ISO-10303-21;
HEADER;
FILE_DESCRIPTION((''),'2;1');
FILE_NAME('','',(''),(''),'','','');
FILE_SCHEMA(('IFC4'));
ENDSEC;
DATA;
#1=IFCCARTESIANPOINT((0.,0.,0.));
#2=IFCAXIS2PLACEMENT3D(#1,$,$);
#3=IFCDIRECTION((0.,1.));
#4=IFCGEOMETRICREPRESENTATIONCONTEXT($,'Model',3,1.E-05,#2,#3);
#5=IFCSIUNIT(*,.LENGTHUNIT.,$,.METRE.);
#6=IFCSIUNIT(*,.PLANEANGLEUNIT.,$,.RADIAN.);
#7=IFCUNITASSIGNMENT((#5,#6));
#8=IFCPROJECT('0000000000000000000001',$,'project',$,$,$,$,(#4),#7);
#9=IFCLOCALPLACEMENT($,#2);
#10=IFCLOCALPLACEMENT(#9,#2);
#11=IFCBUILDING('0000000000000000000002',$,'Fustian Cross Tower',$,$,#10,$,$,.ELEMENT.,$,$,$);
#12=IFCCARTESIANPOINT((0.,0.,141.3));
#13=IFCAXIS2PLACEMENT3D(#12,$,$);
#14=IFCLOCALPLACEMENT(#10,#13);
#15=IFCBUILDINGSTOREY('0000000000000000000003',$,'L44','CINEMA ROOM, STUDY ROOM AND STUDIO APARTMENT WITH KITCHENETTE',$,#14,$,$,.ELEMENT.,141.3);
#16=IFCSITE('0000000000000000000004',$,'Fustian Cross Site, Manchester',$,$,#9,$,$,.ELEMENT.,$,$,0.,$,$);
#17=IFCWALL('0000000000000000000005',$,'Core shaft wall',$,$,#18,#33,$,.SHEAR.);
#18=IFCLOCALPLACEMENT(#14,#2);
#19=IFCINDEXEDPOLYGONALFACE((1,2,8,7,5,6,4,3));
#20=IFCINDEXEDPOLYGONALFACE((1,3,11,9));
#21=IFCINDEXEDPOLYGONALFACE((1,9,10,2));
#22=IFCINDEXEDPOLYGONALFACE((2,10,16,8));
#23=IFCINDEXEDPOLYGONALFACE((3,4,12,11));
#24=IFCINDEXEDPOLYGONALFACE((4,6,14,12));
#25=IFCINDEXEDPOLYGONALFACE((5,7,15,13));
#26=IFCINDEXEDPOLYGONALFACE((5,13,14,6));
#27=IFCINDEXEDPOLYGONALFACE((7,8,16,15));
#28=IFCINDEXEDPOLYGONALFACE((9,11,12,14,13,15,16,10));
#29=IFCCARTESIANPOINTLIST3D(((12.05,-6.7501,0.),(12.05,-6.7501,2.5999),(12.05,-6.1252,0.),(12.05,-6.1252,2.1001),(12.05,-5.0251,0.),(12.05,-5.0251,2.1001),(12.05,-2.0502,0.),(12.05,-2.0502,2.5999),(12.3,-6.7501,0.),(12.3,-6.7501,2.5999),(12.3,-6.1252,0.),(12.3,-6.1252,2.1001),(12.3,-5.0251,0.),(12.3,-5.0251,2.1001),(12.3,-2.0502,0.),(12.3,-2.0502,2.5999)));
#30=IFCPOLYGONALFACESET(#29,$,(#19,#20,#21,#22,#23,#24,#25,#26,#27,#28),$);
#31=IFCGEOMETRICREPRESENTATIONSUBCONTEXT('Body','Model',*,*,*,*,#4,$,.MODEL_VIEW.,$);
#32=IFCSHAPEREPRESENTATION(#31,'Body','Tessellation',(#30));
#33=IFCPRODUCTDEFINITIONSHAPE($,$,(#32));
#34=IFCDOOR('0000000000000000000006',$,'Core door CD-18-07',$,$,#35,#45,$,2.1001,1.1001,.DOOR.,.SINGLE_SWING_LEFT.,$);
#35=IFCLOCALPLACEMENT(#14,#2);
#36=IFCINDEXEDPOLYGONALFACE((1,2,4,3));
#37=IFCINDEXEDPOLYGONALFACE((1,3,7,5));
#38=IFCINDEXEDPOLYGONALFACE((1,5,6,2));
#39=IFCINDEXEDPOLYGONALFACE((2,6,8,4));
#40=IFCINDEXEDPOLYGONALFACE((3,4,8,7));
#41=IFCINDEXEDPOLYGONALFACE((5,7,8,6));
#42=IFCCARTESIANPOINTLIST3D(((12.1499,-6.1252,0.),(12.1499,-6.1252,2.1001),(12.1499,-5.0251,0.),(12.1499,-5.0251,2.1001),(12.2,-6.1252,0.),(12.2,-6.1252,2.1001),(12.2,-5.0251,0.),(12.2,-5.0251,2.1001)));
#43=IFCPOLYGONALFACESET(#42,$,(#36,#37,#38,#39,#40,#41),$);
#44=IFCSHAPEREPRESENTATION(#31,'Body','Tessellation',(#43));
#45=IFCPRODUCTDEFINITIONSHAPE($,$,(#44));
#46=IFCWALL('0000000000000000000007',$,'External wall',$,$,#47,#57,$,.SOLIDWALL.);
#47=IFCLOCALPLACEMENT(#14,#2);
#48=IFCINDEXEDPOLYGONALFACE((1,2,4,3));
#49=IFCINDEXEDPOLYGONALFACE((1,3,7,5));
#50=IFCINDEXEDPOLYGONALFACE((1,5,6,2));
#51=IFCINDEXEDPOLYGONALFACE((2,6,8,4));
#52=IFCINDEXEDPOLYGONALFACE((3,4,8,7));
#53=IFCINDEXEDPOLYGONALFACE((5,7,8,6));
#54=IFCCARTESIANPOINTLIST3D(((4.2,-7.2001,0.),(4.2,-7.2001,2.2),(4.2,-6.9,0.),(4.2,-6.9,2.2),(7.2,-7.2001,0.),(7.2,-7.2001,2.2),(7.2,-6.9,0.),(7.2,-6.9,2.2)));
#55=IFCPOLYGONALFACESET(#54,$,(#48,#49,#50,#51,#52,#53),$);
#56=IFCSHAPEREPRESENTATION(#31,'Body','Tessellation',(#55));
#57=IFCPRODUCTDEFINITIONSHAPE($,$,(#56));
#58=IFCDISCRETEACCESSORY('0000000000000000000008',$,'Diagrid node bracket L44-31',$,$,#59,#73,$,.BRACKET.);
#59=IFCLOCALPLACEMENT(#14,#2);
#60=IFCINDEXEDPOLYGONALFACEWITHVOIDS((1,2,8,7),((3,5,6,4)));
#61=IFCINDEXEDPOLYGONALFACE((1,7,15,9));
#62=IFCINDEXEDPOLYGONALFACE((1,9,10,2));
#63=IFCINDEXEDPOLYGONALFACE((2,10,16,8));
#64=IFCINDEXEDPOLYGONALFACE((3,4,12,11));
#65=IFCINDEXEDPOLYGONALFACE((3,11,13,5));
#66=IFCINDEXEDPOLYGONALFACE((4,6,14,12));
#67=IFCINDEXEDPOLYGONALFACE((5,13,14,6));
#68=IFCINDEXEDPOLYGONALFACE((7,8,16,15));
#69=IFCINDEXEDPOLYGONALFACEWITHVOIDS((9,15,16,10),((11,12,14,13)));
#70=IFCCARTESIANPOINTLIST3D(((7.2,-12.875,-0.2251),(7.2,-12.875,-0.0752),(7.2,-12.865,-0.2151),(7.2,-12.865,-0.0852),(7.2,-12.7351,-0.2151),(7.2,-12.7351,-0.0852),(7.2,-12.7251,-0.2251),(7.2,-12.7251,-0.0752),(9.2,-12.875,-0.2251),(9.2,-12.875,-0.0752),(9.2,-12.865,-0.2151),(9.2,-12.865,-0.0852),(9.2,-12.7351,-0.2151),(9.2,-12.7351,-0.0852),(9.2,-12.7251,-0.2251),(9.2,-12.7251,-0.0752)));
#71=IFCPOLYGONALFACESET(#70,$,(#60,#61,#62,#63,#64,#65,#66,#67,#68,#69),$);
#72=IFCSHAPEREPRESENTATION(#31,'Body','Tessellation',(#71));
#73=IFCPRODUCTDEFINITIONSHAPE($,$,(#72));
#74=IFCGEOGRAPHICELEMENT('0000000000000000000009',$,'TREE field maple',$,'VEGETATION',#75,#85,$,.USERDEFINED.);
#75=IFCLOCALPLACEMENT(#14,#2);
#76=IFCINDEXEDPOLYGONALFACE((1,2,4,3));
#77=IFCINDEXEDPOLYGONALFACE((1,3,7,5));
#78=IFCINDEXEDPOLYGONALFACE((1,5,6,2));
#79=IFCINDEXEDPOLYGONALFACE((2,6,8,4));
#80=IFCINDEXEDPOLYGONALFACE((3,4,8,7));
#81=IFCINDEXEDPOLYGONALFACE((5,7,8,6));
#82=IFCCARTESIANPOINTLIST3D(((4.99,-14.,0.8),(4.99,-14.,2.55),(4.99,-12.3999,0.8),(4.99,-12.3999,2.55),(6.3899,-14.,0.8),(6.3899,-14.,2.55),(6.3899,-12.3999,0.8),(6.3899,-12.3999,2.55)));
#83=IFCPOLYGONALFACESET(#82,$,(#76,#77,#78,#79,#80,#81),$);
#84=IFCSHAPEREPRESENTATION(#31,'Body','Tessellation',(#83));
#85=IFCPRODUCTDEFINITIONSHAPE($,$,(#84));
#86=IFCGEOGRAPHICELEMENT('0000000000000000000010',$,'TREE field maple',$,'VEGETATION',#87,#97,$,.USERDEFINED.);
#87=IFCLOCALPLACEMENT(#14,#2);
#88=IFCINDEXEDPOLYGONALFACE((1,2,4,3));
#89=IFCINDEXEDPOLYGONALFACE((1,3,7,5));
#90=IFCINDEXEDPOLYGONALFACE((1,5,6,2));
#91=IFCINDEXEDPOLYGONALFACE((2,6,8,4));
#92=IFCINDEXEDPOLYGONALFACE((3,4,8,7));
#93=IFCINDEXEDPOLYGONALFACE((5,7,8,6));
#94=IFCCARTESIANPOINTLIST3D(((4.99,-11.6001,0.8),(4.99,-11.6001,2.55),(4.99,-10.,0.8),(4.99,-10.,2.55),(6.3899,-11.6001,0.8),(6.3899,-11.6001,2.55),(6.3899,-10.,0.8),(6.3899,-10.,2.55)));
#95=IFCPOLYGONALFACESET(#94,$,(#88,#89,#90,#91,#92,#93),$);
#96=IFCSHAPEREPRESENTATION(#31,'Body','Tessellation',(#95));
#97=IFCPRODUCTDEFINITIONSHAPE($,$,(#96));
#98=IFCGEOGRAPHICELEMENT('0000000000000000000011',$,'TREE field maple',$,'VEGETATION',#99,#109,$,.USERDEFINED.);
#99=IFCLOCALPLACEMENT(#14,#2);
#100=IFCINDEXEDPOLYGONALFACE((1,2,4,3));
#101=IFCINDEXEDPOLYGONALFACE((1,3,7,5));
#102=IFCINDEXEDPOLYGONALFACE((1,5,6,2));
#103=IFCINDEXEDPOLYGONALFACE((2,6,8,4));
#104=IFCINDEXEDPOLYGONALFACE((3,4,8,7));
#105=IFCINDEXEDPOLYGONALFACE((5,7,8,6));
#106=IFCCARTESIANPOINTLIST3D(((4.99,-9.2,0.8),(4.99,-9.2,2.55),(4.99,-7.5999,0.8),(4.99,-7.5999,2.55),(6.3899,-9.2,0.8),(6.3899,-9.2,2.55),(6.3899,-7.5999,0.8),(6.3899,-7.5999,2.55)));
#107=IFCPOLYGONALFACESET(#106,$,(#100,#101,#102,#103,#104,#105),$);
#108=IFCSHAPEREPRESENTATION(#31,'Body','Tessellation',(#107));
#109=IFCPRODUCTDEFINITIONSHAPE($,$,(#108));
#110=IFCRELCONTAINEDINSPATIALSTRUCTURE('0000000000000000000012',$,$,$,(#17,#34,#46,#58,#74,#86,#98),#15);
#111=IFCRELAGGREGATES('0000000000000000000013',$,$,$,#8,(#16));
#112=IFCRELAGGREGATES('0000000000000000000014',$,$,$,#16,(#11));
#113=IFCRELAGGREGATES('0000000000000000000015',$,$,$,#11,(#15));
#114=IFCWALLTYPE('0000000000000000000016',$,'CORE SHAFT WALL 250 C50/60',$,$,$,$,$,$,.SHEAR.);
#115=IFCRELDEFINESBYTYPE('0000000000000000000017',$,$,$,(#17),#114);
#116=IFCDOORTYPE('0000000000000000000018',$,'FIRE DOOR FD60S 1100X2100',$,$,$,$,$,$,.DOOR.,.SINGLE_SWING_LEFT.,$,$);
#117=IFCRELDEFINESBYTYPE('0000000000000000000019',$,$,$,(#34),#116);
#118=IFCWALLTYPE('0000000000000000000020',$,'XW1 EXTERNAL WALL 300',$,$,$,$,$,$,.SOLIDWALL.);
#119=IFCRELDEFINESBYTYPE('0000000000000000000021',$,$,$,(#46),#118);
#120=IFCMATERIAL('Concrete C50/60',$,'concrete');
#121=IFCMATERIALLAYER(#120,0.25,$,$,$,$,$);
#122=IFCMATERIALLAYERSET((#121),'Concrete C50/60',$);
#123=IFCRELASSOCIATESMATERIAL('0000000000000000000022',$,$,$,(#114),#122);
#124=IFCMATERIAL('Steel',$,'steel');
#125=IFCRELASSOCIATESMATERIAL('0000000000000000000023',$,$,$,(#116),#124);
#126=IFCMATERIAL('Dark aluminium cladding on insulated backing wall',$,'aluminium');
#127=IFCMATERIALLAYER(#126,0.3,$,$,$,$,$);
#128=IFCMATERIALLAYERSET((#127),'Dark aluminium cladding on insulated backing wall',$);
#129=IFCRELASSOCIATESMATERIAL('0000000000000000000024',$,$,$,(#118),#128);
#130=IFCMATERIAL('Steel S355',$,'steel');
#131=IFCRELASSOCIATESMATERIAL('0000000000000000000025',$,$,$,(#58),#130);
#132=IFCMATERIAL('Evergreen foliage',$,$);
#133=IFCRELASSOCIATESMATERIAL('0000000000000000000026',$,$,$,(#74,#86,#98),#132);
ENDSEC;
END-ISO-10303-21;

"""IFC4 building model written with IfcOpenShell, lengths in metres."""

from ifc_helpers import new_model, si_unit, direction, frame, frame_2d, origin, origin_2d, place, context, subcontext, project, spatial, rectangle, hollow_rectangle, extrude, material, layer, layer_set, type_object, element, fill, save


model = new_model("IFC4")

# Units and contexts
model_context = context("Model", 3, precision=1e-05, world=origin(), true_north=direction((0.0, 1.0)))
body_context = subcontext(model_context, "Body", "Model", "MODEL_VIEW")
ifc_project = project(units=[si_unit("LENGTHUNIT", "METRE"), si_unit("PLANEANGLEUNIT", "RADIAN")], contexts=[model_context])

# Site, building, storey
site_placement = place(None, origin())
site = spatial("IfcSite", under=ifc_project, at=site_placement, Name="Fustian Cross Site, Manchester", CompositionType="ELEMENT", RefElevation=0.0)
building_placement = place(site_placement, origin())
building = spatial("IfcBuilding", under=site, at=building_placement, Name="Fustian Cross Tower", CompositionType="ELEMENT")
storey_placement = place(building_placement, frame((0.0, 0.0, 141.3)))
storey = spatial("IfcBuildingStorey", under=building, at=storey_placement, Name="L44", Description="CINEMA ROOM, STUDY ROOM AND STUDIO APARTMENT WITH KITCHENETTE", CompositionType="ELEMENT", Elevation=141.3)

# Shared definitions
ifc_material_1 = material(Name="Concrete C50/60", Category="concrete")
ifc_layer_1 = layer(ifc_material_1, 0.25)
ifc_layer_set_1 = layer_set([ifc_layer_1], Name="Concrete C50/60")
wall_type_1 = type_object("IfcWallType", Name="CORE SHAFT WALL 250 C50/60", PredefinedType="SHEAR", material=ifc_layer_set_1)

# Wall, opening, door
wall_1_placement = place(storey_placement, frame((12.175, -2.05, 0.0), z_axis=(0.0, 0.0, 1.0), x_axis=(0.0, -1.0, 0.0)))
wall_1 = element("IfcWall", 1, at=wall_1_placement, inside=storey, type_object=wall_type_1, Name="Core shaft wall", PredefinedType="SHEAR", context=body_context, shape_type="SweptSolid", body=[
    extrude(rectangle(XDim=4.7, YDim=0.25, at=frame_2d((2.3501, 0.0))), origin(), (0.0, 0.0, 1.0), 2.5999),
])
opening_1_placement = place(wall_1_placement, frame((2.9751, 0.0, 0.0)))
opening_1 = element("IfcOpeningElement", 2, at=opening_1_placement, cuts=wall_1, PredefinedType="OPENING", context=body_context, shape_type="SweptSolid", body=[
    extrude(rectangle(XDim=1.1001, YDim=2.1001, at=frame_2d((0.55, 1.05))), frame((0.0, 0.135, 0.0), z_axis=(0.0, -1.0, 0.0), x_axis=(1.0, 0.0, 0.0)), (0.0, 0.0, 1.0), 0.27),
])
ifc_material_2 = material(Name="Steel", Category="steel")
door_type_1 = type_object("IfcDoorType", Name="FIRE DOOR FD60S 1100X2100", OperationType="SINGLE_SWING_LEFT", PredefinedType="DOOR", material=ifc_material_2)
door_1_placement = place(opening_1_placement, origin())
door_1 = element("IfcDoor", 3, at=door_1_placement, inside=storey, type_object=door_type_1, Name="Core door CD-18-07", OperationType="SINGLE_SWING_LEFT", OverallHeight=2.1001, OverallWidth=1.1001, PredefinedType="DOOR", context=body_context, shape_type="SweptSolid", body=[
    extrude(rectangle(XDim=1.1001, YDim=2.1001, at=frame_2d((0.55, 1.05))), frame((0.0, 0.0249, 0.0), z_axis=(0.0, -1.0, 0.0), x_axis=(1.0, 0.0, 0.0)), (0.0, 0.0, 1.0), 0.05),
])
fill(opening_1, door_1)

# Wall
ifc_material_3 = material(Name="Dark aluminium cladding on insulated backing wall", Category="aluminium")
ifc_layer_2 = layer(ifc_material_3, 0.3)
ifc_layer_set_2 = layer_set([ifc_layer_2], Name="Dark aluminium cladding on insulated backing wall")
wall_type_2 = type_object("IfcWallType", Name="XW1 EXTERNAL WALL 300", PredefinedType="SOLIDWALL", material=ifc_layer_set_2)
wall_2_placement = place(storey_placement, frame((4.2, -7.05, 0.0), z_axis=(0.0, 0.0, 1.0), x_axis=(1.0, 0.0, 0.0)))
element("IfcWall", 4, at=wall_2_placement, inside=storey, type_object=wall_type_2, Name="External wall", PredefinedType="SOLIDWALL", context=body_context, shape_type="SweptSolid", body=[
    extrude(rectangle(XDim=3.0, YDim=0.3, at=frame_2d((1.5, 0.0))), origin(), (0.0, 0.0, 1.0), 2.2),
])

# Discrete accessory
ifc_material_4 = material(Name="Steel S355", Category="steel")
discrete_accessory_placement = place(storey_placement, frame((9.2, -12.8, -0.1501), z_axis=(-1.0, 0.0, 0.0), x_axis=(0.0, -1.0, 0.0)))
element("IfcDiscreteAccessory", 5, at=discrete_accessory_placement, inside=storey, material=ifc_material_4, Name="Diagrid node bracket L44-31", PredefinedType="BRACKET", context=body_context, shape_type="SweptSolid", body=[
    extrude(hollow_rectangle(XDim=0.1499, YDim=0.1499, WallThickness=0.01, at=origin_2d()), origin(), (0.0, 0.0, 1.0), 2.0),
])

# Geographic elements
ifc_material_5 = material(Name="Evergreen foliage")
for number, where, z_axis, x_axis, name in (
    (6, (5.6899, -13.2, 0.8), (0.0, 0.0, 1.0), (1.0, 0.0, 0.0), "TREE field maple"),
    (7, (5.6899, -10.8, 0.8), (0.0, 0.0, 1.0), (1.0, 0.0, 0.0), "TREE field maple"),
    (8, (5.6899, -8.3999, 0.8), (0.0, 0.0, 1.0), (1.0, 0.0, 0.0), "TREE field maple"),
):
    element("IfcGeographicElement", number, at=place(storey_placement, frame(where, z_axis=z_axis, x_axis=x_axis)), inside=storey, material=ifc_material_5, Name=name, ObjectType="VEGETATION", PredefinedType="USERDEFINED", context=body_context, shape_type="SweptSolid", body=[
        extrude(rectangle(XDim=1.3999, YDim=1.6001, at=origin_2d()), origin(), (0.0, 0.0, 1.0), 1.75),
    ])

save(model, "model.ifc")
